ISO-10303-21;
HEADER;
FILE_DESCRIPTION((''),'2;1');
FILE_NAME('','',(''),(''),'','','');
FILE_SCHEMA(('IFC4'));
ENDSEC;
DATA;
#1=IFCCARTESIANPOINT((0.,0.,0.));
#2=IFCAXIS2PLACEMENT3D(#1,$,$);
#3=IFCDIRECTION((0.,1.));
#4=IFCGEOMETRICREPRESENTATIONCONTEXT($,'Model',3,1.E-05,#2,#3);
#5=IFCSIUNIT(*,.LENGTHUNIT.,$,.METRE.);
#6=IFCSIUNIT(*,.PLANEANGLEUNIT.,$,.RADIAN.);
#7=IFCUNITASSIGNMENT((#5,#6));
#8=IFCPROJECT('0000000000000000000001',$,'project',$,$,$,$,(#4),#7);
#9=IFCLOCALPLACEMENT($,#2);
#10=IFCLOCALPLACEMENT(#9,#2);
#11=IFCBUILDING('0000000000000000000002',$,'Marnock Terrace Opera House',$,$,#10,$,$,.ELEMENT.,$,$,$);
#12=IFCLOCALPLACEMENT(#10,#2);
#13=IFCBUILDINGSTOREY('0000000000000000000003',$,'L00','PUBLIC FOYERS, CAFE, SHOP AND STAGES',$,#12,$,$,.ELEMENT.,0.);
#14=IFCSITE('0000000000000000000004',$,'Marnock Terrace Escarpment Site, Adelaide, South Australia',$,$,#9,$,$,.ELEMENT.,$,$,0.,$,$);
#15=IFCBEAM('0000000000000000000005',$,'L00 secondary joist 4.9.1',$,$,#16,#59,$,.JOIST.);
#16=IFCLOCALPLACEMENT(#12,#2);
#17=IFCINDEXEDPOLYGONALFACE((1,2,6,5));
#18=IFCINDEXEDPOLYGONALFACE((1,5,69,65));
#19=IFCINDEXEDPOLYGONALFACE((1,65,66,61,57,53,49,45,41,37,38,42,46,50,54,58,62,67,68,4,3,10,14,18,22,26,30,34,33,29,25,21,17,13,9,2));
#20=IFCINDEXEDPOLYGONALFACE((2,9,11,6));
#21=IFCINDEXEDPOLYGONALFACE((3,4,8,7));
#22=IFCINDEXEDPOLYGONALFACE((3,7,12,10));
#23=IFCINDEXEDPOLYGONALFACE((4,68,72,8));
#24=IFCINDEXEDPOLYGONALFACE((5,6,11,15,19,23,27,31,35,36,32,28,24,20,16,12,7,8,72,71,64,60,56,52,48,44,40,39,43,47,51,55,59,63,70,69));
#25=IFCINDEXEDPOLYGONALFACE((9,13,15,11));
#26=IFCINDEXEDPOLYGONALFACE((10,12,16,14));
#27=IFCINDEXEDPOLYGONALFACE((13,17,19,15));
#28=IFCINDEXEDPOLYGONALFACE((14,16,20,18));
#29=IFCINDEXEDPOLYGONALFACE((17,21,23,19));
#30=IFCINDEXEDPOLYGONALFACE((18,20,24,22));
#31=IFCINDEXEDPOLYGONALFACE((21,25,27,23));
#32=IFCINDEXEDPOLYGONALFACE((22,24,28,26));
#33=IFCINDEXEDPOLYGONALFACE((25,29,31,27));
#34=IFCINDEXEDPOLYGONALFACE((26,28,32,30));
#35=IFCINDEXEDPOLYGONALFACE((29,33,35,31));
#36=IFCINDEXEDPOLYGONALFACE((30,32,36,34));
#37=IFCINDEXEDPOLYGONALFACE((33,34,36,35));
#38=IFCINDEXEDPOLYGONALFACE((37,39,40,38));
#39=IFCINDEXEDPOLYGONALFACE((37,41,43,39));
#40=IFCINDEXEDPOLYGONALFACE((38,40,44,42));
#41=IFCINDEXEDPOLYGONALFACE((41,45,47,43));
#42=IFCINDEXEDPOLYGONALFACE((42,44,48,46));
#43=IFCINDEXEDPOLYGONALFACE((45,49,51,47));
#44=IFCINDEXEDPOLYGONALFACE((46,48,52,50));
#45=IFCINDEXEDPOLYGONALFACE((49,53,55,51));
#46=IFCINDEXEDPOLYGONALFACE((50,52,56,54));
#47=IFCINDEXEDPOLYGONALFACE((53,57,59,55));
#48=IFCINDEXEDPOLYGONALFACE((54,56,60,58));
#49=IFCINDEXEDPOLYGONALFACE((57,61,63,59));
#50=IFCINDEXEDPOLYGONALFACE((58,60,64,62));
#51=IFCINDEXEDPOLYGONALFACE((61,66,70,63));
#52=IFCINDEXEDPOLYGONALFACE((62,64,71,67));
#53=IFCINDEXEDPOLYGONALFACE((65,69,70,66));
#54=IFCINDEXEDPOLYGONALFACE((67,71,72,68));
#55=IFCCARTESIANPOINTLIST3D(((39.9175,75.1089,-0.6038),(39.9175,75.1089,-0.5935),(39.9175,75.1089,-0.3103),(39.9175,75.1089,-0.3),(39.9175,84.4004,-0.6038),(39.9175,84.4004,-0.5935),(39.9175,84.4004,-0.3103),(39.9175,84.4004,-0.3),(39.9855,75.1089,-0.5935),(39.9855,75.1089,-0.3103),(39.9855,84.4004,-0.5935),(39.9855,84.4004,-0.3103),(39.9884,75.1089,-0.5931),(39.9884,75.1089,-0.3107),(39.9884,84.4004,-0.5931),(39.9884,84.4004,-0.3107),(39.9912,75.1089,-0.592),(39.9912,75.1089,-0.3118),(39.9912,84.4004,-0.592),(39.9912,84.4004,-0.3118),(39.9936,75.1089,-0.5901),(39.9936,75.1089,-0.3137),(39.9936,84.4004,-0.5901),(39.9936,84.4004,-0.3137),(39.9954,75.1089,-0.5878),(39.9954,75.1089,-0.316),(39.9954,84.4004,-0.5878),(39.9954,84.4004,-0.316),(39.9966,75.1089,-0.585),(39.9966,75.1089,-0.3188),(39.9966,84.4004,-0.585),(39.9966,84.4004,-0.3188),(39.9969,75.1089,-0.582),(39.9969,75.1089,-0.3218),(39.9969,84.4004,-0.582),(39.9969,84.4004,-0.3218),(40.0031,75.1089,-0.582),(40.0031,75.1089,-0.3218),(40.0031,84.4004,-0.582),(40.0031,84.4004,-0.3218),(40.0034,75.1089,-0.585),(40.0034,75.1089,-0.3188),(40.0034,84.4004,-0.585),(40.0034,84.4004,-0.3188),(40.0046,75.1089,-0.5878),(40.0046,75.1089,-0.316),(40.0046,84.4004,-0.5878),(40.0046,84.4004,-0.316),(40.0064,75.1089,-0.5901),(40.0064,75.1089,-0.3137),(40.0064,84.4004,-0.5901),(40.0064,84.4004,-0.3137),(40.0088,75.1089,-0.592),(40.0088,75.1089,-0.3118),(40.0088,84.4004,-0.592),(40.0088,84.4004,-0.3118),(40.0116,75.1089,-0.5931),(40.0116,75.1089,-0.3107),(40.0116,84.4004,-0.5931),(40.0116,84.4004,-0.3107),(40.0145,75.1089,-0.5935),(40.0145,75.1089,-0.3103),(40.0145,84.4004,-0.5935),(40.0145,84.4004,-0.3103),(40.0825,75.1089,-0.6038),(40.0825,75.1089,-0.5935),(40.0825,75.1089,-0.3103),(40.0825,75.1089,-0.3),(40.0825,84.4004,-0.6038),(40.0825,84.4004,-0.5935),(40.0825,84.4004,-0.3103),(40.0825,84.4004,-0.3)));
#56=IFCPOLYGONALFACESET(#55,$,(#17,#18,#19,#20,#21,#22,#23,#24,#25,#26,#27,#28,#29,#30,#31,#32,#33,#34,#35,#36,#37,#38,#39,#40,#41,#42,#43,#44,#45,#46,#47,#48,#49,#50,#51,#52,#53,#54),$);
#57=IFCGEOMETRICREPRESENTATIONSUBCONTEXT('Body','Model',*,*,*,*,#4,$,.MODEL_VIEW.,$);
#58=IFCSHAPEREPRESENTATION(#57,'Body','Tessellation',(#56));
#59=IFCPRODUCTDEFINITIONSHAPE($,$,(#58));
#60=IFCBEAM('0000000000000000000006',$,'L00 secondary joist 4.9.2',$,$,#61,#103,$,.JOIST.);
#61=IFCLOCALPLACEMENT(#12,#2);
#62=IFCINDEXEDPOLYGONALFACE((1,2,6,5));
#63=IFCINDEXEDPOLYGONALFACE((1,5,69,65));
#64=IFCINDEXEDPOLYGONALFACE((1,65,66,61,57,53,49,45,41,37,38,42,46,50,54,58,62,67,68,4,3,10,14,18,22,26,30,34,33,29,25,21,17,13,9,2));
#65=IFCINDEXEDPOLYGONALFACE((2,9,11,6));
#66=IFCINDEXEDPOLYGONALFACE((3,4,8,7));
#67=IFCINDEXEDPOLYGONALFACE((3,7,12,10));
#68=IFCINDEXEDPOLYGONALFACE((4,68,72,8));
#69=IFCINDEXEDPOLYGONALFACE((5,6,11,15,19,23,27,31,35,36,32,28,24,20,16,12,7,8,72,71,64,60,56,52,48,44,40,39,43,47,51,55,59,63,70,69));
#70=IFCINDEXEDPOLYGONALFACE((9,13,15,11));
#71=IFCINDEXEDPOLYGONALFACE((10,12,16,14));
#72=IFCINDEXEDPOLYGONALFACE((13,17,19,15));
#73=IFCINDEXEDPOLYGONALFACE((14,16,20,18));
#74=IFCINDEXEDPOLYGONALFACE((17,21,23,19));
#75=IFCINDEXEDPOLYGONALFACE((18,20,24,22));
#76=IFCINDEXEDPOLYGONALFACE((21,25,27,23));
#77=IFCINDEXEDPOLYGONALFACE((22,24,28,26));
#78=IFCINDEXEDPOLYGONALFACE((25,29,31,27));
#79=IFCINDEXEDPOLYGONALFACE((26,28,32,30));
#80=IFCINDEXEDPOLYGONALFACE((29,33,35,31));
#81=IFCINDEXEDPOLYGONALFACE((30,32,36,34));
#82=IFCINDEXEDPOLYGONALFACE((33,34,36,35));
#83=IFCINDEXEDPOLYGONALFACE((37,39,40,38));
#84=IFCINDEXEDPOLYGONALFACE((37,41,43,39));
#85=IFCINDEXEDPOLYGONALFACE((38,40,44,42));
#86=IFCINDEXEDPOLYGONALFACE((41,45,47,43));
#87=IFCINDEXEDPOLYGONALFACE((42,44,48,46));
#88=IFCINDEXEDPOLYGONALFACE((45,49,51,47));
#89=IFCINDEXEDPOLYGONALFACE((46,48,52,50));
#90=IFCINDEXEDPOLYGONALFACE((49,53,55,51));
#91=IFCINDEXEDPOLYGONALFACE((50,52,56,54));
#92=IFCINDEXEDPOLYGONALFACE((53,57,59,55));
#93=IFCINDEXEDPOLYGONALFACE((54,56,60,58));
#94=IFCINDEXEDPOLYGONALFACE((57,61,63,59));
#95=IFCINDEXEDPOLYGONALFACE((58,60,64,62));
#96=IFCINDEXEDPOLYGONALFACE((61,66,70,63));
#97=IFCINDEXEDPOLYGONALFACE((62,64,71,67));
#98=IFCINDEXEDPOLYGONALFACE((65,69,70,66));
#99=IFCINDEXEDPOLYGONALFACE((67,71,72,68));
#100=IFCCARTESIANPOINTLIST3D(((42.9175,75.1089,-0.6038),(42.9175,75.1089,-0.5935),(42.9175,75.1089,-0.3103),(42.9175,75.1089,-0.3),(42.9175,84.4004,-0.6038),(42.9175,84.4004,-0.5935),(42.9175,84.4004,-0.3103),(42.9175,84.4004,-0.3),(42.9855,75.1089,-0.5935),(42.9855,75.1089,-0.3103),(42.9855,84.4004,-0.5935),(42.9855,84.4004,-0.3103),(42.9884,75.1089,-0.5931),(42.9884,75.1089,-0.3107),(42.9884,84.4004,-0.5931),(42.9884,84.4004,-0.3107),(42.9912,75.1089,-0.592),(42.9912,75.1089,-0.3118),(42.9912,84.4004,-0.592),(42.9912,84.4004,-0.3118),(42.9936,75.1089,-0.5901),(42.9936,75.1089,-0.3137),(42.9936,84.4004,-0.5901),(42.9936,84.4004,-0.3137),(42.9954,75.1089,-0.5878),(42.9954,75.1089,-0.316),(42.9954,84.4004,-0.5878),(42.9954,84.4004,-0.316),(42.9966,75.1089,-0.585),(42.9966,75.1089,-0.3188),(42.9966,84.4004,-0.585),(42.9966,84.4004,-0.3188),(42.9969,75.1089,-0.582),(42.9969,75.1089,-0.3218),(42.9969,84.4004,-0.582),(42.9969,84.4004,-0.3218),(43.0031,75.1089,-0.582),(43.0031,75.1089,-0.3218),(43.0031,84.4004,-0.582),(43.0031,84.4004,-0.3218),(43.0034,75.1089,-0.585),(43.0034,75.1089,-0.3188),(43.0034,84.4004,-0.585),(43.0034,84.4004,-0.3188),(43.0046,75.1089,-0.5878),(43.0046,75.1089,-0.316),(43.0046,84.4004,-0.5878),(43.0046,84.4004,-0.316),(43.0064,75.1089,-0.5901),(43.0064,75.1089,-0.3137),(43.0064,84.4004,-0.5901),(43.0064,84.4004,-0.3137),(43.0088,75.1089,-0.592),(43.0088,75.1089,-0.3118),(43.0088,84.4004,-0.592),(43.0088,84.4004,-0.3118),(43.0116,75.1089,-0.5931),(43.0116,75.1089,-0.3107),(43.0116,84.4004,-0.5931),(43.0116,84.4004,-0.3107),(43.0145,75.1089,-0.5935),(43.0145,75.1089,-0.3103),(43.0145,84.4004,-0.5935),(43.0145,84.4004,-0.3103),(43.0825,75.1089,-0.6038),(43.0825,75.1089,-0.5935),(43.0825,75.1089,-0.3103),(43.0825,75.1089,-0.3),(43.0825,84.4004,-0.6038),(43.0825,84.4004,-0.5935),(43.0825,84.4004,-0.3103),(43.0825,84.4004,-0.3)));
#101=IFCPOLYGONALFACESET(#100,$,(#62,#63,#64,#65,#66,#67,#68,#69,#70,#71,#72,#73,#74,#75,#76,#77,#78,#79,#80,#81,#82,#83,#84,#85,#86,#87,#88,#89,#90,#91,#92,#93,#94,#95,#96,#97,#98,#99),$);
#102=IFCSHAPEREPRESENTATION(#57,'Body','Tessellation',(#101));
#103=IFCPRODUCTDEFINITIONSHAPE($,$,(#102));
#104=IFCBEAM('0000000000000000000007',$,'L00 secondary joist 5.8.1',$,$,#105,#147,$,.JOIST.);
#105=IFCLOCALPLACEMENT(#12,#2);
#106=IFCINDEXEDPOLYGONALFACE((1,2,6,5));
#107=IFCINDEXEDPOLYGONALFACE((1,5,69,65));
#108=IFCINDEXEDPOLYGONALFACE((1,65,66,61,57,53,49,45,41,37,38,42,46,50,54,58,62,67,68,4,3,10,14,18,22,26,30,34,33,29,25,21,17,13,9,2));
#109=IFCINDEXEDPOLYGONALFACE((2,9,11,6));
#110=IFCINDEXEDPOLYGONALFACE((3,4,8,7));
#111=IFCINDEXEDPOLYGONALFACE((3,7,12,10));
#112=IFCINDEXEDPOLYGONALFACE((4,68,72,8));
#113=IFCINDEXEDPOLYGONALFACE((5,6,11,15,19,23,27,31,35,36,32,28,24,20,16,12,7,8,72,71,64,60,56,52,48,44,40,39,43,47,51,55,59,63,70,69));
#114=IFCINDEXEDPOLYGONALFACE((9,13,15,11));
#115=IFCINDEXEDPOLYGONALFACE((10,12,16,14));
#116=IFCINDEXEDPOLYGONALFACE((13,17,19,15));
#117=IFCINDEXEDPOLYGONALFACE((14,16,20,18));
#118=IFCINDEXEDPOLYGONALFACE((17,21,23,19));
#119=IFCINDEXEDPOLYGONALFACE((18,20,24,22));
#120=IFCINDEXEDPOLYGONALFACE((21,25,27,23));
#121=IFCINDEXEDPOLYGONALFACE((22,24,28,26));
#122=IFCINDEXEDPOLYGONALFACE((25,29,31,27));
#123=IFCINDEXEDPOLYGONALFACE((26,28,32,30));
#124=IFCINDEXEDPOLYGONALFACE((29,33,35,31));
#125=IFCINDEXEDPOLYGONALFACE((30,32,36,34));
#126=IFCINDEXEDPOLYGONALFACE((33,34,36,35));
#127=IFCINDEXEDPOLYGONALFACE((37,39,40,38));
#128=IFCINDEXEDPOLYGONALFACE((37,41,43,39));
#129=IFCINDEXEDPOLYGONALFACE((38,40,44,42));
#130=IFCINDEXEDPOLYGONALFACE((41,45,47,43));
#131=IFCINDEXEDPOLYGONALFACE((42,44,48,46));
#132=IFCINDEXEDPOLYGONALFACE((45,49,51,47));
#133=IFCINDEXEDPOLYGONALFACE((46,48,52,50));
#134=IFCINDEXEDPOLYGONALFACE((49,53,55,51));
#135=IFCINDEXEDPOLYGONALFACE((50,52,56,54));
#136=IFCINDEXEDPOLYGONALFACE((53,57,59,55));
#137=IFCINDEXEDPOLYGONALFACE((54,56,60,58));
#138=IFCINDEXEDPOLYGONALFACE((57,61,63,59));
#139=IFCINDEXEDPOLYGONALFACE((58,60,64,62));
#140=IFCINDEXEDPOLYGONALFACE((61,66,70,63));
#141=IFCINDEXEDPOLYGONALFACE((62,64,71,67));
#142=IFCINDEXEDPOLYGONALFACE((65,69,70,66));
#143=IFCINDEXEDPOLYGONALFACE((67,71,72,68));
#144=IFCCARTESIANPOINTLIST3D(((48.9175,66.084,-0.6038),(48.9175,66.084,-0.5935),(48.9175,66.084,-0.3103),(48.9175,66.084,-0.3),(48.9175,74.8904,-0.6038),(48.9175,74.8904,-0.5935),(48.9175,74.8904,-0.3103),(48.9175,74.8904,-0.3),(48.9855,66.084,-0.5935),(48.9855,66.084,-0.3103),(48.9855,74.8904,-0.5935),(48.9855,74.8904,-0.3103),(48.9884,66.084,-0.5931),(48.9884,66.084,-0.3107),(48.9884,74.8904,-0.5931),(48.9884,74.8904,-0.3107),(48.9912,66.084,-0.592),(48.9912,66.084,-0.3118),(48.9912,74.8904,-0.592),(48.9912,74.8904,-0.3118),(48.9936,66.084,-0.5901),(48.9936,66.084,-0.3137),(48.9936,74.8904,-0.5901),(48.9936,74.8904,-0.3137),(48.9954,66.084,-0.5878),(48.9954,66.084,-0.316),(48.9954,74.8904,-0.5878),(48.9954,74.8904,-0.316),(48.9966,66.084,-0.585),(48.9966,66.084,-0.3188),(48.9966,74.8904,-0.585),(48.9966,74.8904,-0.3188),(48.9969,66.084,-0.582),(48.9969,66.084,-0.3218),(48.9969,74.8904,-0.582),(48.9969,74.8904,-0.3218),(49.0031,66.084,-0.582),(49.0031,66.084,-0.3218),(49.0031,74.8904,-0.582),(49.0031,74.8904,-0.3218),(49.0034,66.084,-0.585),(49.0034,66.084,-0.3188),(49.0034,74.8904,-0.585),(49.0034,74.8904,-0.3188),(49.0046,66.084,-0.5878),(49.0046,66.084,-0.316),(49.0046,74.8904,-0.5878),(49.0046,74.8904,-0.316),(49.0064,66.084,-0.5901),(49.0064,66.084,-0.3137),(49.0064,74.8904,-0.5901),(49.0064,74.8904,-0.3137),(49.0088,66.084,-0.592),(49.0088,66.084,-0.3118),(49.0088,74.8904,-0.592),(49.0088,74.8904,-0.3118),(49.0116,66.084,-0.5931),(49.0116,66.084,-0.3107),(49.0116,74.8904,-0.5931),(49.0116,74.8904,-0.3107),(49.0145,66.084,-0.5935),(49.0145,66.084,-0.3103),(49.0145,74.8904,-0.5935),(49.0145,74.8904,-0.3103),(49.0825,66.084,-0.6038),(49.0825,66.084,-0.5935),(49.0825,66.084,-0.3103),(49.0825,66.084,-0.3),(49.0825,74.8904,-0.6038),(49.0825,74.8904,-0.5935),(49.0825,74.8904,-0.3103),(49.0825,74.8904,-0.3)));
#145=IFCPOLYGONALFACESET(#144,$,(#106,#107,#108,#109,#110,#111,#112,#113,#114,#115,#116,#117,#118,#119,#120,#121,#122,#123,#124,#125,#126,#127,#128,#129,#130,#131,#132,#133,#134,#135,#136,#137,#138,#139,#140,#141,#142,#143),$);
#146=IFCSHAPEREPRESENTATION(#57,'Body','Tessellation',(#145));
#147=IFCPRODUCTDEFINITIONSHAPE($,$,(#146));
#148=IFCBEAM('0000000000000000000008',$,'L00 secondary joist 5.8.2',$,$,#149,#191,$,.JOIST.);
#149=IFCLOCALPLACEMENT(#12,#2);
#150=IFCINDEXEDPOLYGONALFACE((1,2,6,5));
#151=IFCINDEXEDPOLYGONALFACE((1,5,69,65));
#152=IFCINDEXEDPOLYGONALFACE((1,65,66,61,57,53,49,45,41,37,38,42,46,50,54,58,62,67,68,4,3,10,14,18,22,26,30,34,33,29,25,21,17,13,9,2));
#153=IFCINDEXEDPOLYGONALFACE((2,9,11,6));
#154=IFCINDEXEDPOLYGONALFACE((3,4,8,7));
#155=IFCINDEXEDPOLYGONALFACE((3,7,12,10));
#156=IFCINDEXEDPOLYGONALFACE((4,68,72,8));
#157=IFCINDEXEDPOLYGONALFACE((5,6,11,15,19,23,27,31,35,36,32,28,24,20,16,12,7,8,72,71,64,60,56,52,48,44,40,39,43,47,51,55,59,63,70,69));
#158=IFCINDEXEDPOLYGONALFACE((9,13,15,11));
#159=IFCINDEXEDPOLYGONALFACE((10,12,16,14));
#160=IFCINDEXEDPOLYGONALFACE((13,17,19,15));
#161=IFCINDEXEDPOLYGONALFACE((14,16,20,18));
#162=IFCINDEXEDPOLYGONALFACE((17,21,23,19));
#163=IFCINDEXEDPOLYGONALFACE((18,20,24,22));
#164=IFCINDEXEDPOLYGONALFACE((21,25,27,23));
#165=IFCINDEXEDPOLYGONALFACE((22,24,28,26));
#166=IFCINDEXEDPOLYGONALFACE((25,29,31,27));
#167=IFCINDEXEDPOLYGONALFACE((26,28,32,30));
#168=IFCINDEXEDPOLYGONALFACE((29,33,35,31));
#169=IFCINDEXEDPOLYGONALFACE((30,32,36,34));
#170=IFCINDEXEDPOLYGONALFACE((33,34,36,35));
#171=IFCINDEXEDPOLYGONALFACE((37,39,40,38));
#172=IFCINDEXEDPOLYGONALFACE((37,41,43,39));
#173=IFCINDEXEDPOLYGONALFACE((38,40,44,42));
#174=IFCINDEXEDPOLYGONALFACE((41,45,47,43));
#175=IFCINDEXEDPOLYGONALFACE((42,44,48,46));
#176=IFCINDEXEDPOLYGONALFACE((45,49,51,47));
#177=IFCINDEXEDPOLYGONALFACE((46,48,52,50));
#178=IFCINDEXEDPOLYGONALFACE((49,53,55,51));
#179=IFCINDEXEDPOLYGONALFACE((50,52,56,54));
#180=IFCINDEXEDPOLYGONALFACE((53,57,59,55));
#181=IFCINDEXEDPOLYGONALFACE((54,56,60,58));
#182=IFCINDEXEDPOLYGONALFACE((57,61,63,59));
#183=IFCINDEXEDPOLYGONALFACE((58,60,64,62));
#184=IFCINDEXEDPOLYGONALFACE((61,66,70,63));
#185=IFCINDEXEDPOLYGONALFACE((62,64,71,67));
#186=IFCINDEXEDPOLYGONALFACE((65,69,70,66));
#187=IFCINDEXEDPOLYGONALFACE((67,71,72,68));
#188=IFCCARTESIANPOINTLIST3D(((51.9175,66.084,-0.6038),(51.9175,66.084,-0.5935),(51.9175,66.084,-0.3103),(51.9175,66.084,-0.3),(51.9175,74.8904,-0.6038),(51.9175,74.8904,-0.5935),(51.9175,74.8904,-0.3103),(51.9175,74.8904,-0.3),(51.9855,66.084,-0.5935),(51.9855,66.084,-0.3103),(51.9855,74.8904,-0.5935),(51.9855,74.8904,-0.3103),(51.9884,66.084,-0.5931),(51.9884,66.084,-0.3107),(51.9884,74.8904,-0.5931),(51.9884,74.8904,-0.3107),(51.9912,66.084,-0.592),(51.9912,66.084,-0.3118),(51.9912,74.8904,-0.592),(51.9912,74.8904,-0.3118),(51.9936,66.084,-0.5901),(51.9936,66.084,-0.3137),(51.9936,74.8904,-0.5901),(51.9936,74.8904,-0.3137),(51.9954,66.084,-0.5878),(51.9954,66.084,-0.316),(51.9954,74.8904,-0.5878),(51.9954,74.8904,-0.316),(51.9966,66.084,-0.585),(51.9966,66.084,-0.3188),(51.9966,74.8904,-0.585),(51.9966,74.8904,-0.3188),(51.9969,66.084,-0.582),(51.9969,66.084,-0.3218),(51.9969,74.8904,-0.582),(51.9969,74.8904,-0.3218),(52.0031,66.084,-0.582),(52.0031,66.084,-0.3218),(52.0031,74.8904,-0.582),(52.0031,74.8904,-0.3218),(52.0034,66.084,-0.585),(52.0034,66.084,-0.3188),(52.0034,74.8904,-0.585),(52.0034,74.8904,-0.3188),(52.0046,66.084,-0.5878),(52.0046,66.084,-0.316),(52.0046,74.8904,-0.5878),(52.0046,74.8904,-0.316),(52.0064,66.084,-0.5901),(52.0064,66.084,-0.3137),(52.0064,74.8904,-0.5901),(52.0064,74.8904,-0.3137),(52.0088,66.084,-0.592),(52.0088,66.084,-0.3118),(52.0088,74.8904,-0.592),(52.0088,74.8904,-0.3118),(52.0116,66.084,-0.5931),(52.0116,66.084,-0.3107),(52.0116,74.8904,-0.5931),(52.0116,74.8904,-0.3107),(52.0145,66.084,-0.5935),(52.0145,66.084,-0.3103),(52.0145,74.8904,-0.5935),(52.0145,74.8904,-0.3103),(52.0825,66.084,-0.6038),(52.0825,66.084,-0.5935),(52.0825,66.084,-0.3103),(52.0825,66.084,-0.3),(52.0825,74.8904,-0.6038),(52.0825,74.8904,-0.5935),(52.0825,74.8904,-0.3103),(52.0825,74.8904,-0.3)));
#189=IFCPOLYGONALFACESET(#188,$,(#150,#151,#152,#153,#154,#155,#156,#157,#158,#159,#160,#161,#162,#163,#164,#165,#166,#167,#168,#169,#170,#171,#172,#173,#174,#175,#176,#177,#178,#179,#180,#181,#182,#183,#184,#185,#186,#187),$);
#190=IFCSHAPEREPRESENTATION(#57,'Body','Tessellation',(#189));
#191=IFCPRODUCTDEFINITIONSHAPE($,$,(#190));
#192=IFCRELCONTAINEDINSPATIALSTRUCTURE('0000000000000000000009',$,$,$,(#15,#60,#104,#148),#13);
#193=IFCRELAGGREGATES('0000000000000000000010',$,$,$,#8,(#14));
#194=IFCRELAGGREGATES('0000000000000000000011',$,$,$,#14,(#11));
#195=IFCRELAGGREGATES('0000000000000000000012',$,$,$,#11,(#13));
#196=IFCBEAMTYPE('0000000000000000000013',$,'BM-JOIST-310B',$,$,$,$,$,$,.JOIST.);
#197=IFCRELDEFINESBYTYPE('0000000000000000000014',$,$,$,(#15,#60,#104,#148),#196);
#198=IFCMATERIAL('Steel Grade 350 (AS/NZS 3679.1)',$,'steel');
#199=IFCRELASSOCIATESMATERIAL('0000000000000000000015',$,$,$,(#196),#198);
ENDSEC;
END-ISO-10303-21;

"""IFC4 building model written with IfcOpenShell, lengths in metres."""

from ifc_helpers import new_model, si_unit, direction, frame, origin, origin_2d, place, context, subcontext, project, spatial, i_section, extrude, material, material_profile, profile_set, type_object, element, save


model = new_model("IFC4")

# Units and contexts
model_context = context("Model", 3, precision=1e-05, world=origin(), true_north=direction((0.0, 1.0)))
body_context = subcontext(model_context, "Body", "Model", "MODEL_VIEW")
ifc_project = project(units=[si_unit("LENGTHUNIT", "METRE"), si_unit("PLANEANGLEUNIT", "RADIAN")], contexts=[model_context])

# Site, building, storey
site_placement = place(None, origin())
site = spatial("IfcSite", under=ifc_project, at=site_placement, Name="Marnock Terrace Escarpment Site, Adelaide, South Australia", CompositionType="ELEMENT", RefElevation=0.0)
building_placement = place(site_placement, origin())
building = spatial("IfcBuilding", under=site, at=building_placement, Name="Marnock Terrace Opera House", CompositionType="ELEMENT")
storey_placement = place(building_placement, origin())
storey = spatial("IfcBuildingStorey", under=building, at=storey_placement, Name="L00", Description="PUBLIC FOYERS, CAFE, SHOP AND STAGES", CompositionType="ELEMENT", Elevation=0.0)

# Beams
ifc_material_1 = material(Name="Steel Grade 350 (AS/NZS 3679.1)", Category="steel")
ifc_material_profile_1 = material_profile(ifc_material_1, i_section(OverallWidth=0.165, OverallDepth=0.3037, WebThickness=0.0061, FlangeThickness=0.0103, FilletRadius=0.0115, at=origin_2d()))
ifc_profile_set_1 = profile_set([ifc_material_profile_1], Name="Steel Grade 350 (AS/NZS 3679.1)")
beam_type_1 = type_object("IfcBeamType", Name="BM-JOIST-310B", PredefinedType="JOIST", material=ifc_profile_set_1)
for number, where, z_axis, x_axis, name in (
    (1, (40.0, 75.1089, -0.4519), (0.0, 1.0, 0.0), (-1.0, 0.0, 0.0), "L00 secondary joist 4.9.1"),
    (2, (43.0, 75.1089, -0.4519), (0.0, 1.0, 0.0), (-1.0, 0.0, 0.0), "L00 secondary joist 4.9.2"),
):
    element("IfcBeam", number, at=place(storey_placement, frame(where, z_axis=z_axis, x_axis=x_axis)), inside=storey, type_object=beam_type_1, Name=name, PredefinedType="JOIST", context=body_context, shape_type="SweptSolid", body=[
        extrude(i_section(OverallWidth=0.165, OverallDepth=0.3037, WebThickness=0.0061, FlangeThickness=0.0103, FilletRadius=0.0115, at=origin_2d()), origin(), (0.0, 0.0, 1.0), 9.2915),
    ])
for number, where, z_axis, x_axis, name in (
    (3, (49.0, 66.084, -0.4519), (0.0, 1.0, 0.0), (-1.0, 0.0, 0.0), "L00 secondary joist 5.8.1"),
    (4, (52.0, 66.084, -0.4519), (0.0, 1.0, 0.0), (-1.0, 0.0, 0.0), "L00 secondary joist 5.8.2"),
):
    element("IfcBeam", number, at=place(storey_placement, frame(where, z_axis=z_axis, x_axis=x_axis)), inside=storey, type_object=beam_type_1, Name=name, PredefinedType="JOIST", context=body_context, shape_type="SweptSolid", body=[
        extrude(i_section(OverallWidth=0.165, OverallDepth=0.3037, WebThickness=0.0061, FlangeThickness=0.0103, FilletRadius=0.0115, at=origin_2d()), origin(), (0.0, 0.0, 1.0), 8.8064),
    ])

save(model, "model.ifc")
